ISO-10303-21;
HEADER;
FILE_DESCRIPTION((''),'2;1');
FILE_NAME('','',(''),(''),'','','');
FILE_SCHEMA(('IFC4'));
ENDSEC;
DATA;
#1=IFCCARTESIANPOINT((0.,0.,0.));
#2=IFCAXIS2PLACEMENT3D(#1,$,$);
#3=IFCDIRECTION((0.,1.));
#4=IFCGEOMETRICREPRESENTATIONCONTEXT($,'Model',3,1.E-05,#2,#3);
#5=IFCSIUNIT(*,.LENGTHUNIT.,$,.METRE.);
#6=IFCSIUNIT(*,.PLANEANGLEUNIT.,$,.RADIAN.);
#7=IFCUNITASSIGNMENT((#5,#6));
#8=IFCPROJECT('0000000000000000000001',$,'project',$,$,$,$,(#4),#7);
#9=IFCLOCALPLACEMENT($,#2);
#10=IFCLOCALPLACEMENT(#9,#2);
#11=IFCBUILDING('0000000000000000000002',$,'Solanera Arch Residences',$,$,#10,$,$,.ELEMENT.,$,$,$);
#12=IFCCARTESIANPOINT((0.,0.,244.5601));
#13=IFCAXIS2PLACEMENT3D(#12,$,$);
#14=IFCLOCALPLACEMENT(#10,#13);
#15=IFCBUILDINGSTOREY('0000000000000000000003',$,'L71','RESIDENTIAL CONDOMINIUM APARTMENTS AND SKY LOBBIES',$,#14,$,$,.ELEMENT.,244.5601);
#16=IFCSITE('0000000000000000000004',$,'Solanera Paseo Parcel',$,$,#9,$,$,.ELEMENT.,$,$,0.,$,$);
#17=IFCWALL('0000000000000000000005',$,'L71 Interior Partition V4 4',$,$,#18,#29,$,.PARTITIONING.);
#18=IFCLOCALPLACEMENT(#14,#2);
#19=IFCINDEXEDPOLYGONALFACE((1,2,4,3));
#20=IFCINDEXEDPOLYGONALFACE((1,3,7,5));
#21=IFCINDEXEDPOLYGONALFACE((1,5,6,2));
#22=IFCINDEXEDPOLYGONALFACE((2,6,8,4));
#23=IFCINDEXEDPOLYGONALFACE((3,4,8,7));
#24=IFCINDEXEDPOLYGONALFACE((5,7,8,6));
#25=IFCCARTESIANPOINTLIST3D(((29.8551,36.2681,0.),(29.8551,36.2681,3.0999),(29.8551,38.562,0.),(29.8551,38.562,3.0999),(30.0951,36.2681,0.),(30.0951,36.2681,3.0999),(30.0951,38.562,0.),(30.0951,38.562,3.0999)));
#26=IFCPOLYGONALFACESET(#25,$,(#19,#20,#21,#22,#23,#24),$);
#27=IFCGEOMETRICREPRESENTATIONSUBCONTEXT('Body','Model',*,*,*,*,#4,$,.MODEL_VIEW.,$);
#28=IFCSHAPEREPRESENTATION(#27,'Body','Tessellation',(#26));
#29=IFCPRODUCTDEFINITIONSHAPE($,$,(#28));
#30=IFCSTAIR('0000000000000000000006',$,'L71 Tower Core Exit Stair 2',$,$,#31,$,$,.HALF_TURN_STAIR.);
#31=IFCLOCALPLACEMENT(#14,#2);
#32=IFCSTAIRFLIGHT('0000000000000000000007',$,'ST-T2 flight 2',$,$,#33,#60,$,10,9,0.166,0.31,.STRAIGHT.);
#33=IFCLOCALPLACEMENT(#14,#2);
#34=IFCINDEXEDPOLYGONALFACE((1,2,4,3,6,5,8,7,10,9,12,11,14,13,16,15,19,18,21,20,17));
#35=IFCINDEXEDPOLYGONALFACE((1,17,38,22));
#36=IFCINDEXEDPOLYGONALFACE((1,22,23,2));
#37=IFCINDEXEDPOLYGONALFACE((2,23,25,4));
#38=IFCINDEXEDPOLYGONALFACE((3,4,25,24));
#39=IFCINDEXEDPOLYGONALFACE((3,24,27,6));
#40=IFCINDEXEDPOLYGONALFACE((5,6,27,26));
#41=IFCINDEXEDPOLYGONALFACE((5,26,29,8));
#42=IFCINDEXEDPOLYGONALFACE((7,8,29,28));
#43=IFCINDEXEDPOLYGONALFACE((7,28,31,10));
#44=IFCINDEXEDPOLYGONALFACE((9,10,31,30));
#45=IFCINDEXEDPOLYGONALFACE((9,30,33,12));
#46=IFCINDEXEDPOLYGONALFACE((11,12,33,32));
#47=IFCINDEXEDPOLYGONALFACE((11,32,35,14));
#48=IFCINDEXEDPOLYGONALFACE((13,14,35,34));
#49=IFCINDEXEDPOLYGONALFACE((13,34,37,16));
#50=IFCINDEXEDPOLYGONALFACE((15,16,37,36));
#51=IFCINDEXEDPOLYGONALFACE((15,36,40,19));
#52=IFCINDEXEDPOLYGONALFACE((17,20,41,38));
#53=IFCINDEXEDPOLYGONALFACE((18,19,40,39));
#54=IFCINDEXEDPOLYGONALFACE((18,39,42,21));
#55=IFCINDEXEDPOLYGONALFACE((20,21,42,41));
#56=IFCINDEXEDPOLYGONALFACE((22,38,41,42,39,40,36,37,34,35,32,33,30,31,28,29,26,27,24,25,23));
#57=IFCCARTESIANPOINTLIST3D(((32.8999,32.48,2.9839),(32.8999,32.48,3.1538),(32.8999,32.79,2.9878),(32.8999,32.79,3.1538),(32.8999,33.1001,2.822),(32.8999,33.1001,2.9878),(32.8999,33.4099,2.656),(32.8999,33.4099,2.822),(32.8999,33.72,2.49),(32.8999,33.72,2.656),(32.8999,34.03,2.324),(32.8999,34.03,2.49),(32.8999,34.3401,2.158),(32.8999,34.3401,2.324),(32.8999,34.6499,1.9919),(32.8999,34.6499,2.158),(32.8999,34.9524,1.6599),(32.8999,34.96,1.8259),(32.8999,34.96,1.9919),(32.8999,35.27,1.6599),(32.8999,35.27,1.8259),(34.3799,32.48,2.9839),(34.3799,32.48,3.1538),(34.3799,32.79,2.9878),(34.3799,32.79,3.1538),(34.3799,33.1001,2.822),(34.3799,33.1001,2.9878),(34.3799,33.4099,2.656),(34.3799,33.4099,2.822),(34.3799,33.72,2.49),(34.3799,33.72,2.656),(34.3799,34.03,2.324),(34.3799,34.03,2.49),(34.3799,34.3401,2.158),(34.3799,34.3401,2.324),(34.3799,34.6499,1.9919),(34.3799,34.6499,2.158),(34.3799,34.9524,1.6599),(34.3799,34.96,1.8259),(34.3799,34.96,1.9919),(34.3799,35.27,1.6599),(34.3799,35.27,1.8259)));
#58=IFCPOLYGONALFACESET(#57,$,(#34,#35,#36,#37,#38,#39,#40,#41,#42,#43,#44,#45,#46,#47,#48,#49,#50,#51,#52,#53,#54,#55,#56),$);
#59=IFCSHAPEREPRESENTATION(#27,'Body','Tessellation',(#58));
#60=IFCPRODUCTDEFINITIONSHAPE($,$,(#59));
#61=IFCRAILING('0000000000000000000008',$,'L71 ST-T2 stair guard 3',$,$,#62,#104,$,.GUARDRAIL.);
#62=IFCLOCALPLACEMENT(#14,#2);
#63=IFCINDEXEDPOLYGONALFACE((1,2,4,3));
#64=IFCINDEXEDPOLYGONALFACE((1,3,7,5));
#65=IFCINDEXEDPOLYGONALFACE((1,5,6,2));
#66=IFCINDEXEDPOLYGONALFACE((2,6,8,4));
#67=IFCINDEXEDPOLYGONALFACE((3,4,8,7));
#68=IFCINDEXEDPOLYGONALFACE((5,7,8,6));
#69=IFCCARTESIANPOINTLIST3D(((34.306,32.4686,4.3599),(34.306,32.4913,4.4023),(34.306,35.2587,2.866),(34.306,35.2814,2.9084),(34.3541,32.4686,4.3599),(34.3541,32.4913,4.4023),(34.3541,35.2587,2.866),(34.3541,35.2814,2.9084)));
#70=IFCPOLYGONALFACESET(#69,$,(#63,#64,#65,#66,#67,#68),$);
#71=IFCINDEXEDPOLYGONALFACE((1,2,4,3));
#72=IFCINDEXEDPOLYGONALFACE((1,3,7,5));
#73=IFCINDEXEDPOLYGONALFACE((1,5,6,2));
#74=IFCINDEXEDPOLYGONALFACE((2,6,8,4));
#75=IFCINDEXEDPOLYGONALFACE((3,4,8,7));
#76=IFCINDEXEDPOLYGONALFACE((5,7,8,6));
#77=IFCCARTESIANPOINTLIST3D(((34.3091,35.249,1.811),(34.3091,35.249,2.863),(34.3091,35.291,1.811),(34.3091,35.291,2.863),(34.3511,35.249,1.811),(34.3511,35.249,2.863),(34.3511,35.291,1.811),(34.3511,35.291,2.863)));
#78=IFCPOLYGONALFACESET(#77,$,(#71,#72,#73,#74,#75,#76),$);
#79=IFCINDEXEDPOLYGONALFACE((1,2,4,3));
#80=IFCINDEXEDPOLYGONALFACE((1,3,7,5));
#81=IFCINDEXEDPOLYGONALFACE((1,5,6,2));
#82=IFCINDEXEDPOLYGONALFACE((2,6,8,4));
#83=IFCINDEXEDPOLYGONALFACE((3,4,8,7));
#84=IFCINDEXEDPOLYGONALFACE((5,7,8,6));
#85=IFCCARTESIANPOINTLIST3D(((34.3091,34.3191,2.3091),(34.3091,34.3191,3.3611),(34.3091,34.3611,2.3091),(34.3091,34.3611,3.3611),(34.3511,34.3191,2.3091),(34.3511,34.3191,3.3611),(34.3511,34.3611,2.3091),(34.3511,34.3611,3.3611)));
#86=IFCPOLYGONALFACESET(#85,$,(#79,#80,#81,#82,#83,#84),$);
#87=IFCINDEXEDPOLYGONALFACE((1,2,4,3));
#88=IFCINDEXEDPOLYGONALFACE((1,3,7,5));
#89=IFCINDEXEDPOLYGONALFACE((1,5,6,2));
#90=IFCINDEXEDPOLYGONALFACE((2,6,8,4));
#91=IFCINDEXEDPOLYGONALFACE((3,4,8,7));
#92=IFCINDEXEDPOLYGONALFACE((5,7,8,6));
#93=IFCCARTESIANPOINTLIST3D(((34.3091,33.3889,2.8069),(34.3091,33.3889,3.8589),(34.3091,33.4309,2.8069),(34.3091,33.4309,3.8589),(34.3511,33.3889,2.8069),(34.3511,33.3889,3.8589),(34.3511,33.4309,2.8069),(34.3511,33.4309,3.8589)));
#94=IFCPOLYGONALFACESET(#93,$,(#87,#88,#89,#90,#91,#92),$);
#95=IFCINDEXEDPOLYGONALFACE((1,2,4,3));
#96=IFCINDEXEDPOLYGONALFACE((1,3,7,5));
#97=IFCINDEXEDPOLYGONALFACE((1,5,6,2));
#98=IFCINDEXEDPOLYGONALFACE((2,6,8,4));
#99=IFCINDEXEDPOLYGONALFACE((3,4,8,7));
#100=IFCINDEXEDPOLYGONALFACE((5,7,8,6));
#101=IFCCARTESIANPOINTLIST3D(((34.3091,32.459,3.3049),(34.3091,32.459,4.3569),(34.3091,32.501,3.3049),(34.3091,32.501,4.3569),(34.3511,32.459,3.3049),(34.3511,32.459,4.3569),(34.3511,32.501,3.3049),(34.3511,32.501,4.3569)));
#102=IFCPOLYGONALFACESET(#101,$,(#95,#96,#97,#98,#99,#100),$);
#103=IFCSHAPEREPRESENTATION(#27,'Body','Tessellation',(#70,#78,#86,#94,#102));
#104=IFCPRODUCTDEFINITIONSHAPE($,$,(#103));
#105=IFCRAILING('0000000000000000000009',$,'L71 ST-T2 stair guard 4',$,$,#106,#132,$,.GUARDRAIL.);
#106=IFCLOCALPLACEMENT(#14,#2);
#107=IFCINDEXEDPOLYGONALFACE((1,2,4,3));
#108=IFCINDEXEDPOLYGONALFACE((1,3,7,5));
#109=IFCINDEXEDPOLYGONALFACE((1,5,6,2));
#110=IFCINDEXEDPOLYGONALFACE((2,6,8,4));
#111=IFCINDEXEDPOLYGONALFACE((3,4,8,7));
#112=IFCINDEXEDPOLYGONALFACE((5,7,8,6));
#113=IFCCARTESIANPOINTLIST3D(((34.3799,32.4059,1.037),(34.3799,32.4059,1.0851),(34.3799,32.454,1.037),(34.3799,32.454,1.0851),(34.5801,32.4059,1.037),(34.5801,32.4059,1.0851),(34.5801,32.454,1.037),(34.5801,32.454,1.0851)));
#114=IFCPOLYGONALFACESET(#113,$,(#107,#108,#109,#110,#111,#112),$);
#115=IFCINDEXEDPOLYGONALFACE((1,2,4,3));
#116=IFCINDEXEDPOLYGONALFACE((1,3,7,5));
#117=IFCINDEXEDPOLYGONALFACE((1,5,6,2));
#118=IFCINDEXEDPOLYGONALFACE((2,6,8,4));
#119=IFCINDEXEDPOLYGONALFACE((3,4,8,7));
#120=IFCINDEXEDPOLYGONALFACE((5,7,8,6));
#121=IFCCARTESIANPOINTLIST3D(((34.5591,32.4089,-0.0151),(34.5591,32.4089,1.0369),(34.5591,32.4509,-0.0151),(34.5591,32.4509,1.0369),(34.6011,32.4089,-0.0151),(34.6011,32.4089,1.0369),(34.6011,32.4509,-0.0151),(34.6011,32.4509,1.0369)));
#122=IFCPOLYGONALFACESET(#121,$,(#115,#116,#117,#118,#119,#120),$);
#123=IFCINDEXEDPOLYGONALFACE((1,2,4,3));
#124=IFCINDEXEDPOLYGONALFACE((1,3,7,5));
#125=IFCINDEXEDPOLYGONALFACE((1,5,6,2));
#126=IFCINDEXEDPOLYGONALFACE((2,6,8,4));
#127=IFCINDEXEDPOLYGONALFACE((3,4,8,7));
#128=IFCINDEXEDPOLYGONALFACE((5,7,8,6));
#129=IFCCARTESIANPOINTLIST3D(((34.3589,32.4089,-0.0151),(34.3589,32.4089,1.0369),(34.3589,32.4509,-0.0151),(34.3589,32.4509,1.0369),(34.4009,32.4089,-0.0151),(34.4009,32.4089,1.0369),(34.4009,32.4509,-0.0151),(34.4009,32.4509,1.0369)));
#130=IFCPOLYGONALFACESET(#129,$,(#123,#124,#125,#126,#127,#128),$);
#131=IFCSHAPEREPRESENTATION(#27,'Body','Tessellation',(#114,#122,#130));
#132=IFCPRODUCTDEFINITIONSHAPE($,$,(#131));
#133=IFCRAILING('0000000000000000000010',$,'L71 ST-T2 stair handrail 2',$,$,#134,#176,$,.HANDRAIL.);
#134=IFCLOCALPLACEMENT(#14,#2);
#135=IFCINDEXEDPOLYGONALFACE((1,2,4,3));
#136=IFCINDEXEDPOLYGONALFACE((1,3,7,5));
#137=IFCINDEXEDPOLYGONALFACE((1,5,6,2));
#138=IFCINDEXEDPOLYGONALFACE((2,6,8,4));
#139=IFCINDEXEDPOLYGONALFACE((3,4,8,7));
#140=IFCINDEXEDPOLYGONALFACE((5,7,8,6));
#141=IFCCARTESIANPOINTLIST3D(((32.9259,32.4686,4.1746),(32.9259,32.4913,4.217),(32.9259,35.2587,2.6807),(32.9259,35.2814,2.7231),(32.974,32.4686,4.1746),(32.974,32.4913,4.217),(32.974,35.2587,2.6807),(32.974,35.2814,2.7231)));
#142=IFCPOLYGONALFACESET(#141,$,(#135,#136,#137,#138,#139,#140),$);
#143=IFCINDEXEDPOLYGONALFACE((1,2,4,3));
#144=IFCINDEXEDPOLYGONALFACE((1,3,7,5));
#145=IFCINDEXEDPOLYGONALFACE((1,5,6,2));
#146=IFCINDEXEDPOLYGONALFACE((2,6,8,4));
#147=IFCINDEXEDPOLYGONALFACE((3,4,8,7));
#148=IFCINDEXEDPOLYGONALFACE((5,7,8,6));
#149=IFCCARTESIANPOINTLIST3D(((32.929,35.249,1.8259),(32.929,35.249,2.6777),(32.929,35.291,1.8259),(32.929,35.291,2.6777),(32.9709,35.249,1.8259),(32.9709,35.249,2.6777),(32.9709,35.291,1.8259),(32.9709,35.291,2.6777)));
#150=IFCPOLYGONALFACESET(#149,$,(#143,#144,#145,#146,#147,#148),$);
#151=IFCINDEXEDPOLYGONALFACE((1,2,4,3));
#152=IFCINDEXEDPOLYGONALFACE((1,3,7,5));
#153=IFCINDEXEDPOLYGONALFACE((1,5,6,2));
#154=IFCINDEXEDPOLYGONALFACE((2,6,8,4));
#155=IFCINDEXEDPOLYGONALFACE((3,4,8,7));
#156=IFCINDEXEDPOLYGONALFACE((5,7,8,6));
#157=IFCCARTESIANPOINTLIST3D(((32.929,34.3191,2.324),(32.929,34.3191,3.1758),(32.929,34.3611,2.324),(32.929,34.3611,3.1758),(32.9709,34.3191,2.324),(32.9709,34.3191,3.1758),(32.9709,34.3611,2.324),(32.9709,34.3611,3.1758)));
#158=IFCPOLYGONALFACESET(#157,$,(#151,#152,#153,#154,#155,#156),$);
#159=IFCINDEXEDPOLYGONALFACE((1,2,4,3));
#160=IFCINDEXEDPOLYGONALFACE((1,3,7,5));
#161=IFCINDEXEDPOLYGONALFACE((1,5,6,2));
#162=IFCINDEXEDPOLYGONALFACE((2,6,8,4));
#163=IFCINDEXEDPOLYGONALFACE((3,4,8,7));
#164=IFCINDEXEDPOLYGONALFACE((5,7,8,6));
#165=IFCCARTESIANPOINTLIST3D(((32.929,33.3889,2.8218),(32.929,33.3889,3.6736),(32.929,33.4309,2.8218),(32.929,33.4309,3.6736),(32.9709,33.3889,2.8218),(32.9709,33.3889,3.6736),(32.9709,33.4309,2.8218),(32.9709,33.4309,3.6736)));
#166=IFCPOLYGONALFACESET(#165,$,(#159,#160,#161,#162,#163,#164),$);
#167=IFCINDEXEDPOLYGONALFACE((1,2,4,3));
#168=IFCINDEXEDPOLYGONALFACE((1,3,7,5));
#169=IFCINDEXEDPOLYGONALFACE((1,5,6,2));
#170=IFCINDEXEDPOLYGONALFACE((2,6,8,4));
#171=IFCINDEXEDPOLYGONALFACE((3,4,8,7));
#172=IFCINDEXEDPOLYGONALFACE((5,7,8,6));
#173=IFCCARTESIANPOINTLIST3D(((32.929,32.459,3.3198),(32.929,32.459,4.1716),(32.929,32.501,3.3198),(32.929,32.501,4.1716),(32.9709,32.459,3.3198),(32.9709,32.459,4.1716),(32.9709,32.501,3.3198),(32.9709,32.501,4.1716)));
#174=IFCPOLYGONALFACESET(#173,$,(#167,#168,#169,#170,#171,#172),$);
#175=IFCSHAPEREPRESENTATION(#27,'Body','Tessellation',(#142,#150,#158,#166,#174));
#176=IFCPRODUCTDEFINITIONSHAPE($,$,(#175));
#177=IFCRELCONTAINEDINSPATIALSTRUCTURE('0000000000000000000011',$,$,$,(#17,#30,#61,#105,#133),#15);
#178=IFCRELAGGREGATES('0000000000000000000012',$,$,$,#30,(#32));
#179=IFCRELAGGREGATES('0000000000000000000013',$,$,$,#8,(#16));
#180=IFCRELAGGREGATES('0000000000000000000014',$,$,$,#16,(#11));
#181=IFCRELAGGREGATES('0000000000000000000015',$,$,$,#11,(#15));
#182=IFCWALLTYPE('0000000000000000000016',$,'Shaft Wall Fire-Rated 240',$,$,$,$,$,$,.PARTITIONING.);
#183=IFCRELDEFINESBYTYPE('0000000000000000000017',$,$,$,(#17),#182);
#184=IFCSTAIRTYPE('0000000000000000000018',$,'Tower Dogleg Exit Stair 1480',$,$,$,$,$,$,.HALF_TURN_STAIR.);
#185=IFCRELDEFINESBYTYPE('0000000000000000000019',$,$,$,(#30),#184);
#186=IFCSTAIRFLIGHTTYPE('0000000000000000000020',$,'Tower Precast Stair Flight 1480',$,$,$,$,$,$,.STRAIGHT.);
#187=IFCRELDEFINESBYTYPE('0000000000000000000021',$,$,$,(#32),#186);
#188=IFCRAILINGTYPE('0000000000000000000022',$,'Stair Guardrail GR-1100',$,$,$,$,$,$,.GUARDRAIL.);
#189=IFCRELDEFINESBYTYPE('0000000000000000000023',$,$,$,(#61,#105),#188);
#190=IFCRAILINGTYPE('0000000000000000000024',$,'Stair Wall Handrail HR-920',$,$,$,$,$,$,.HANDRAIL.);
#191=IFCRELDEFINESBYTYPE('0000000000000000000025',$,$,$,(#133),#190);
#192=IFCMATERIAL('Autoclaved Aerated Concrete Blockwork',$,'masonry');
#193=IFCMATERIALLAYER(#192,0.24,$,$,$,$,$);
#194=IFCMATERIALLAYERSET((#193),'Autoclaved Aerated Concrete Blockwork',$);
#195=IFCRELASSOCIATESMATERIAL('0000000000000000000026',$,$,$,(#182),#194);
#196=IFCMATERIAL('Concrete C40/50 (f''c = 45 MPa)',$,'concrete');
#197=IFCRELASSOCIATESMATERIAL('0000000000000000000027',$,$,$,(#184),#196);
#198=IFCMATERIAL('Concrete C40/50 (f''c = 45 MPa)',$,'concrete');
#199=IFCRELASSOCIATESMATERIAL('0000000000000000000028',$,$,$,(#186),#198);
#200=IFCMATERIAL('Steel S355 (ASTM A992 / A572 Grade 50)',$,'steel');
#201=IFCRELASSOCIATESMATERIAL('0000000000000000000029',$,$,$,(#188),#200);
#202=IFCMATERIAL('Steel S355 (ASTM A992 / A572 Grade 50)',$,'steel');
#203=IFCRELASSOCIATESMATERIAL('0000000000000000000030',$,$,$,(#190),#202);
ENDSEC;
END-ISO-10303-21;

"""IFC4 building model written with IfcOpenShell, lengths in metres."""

from ifc_helpers import new_model, si_unit, direction, frame, frame_2d, origin, origin_2d, place, context, subcontext, project, spatial, polyline, rectangle, outline, extrude, material, layer, layer_set, type_object, element, aggregate, save


model = new_model("IFC4")

# Units and contexts
model_context = context("Model", 3, precision=1e-05, world=origin(), true_north=direction((0.0, 1.0)))
body_context = subcontext(model_context, "Body", "Model", "MODEL_VIEW")
ifc_project = project(units=[si_unit("LENGTHUNIT", "METRE"), si_unit("PLANEANGLEUNIT", "RADIAN")], contexts=[model_context])

# Site, building, storey
site_placement = place(None, origin())
site = spatial("IfcSite", under=ifc_project, at=site_placement, Name="Solanera Paseo Parcel", CompositionType="ELEMENT", RefElevation=0.0)
building_placement = place(site_placement, origin())
building = spatial("IfcBuilding", under=site, at=building_placement, Name="Solanera Arch Residences", CompositionType="ELEMENT")
storey_placement = place(building_placement, frame((0.0, 0.0, 244.5601)))
storey = spatial("IfcBuildingStorey", under=building, at=storey_placement, Name="L71", Description="RESIDENTIAL CONDOMINIUM APARTMENTS AND SKY LOBBIES", CompositionType="ELEMENT", Elevation=244.5601)

# Shared definitions
ifc_material_1 = material(Name="Autoclaved Aerated Concrete Blockwork", Category="masonry")
ifc_layer_1 = layer(ifc_material_1, 0.24)
ifc_layer_set_1 = layer_set([ifc_layer_1], Name="Autoclaved Aerated Concrete Blockwork")
wall_type_1 = type_object("IfcWallType", Name="Shaft Wall Fire-Rated 240", PredefinedType="PARTITIONING", material=ifc_layer_set_1)

# Wall
wall_1_placement = place(storey_placement, frame((29.9751, 36.2681, 0.0), z_axis=(0.0, 0.0, 1.0), x_axis=(0.0, 1.0, 0.0)))
element("IfcWall", 1, at=wall_1_placement, inside=storey, type_object=wall_type_1, Name="L71 Interior Partition V4 4", PredefinedType="PARTITIONING", context=body_context, shape_type="SweptSolid", body=[
    extrude(rectangle(XDim=2.2939, YDim=0.24, at=frame_2d((1.147, 0.0))), origin(), (0.0, 0.0, 1.0), 3.0999),
])

# Stair, stair flight
ifc_material_2 = material(Name="Concrete C40/50 (f'c = 45 MPa)", Category="concrete")
stair_type = type_object("IfcStairType", Name="Tower Dogleg Exit Stair 1480", PredefinedType="HALF_TURN_STAIR", material=ifc_material_2)
stair_placement = place(storey_placement, origin())
stair = element("IfcStair", 2, at=stair_placement, inside=storey, type_object=stair_type, Name="L71 Tower Core Exit Stair 2", PredefinedType="HALF_TURN_STAIR")
ifc_material_3 = material(Name="Concrete C40/50 (f'c = 45 MPa)", Category="concrete")
stair_flight_type = type_object("IfcStairFlightType", Name="Tower Precast Stair Flight 1480", PredefinedType="STRAIGHT", material=ifc_material_3)
stair_flight_placement = place(storey_placement, frame((33.6399, 35.27, 1.6599), z_axis=(0.0, 0.0, 1.0), x_axis=(0.0, -1.0, 0.0)))
stair_flight = element("IfcStairFlight", 3, at=stair_flight_placement, type_object=stair_flight_type, Name="ST-T2 flight 2", NumberOfRisers=10, NumberOfTreads=9, PredefinedType="STRAIGHT", RiserHeight=0.166, TreadLength=0.31, context=body_context, shape_type="SweptSolid", body=[
    extrude(outline(polyline([(0.0, 0.0), (0.0, 0.166), (0.3101, 0.166), (0.3101, 0.332), (0.6201, 0.332), (0.6201, 0.498), (0.9299, 0.498), (0.9299, 0.6641), (1.24, 0.6641), (1.24, 0.8301), (1.55, 0.8301), (1.55, 0.9961), (1.8601, 0.9961), (1.8601, 1.1621), (2.1699, 1.1621), (2.1699, 1.3279), (2.48, 1.3279), (2.48, 1.4939), (2.79, 1.4939), (2.79, 1.6599), (2.79, 1.324), (0.3176, 0.0), (0.0, 0.0)])), frame((0.0, 0.74, 0.0), z_axis=(0.0, -1.0, 0.0), x_axis=(1.0, 0.0, 0.0)), (0.0, 0.0, 1.0), 1.48),
])
aggregate(stair, [stair_flight])

# Railings
ifc_material_4 = material(Name="Steel S355 (ASTM A992 / A572 Grade 50)", Category="steel")
railing_type_1 = type_object("IfcRailingType", Name="Stair Guardrail GR-1100", PredefinedType="GUARDRAIL", material=ifc_material_4)
railing_1_placement = place(storey_placement, frame((34.3301, 35.27, 1.811)))
element("IfcRailing", 4, at=railing_1_placement, inside=storey, type_object=railing_type_1, Name="L71 ST-T2 stair guard 3", PredefinedType="GUARDRAIL", context=body_context, shape_type="SweptSolid", body=[
    extrude(rectangle(XDim=0.0481, YDim=0.0481, at=origin_2d()), frame((0.0, 0.0, 1.0762), z_axis=(0.0, -0.881581, 0.472033), x_axis=(1.0, 0.0, 0.0)), (0.0, 0.0, 1.0), 3.1648),
    extrude(rectangle(XDim=0.042, YDim=0.042, at=origin_2d()), origin(), (0.0, 0.0, 1.0), 1.052),
    extrude(rectangle(XDim=0.042, YDim=0.042, at=origin_2d()), frame((0.0, -0.9299, 0.498)), (0.0, 0.0, 1.0), 1.052),
    extrude(rectangle(XDim=0.042, YDim=0.042, at=origin_2d()), frame((0.0, -1.8601, 0.9958)), (0.0, 0.0, 1.0), 1.052),
    extrude(rectangle(XDim=0.042, YDim=0.042, at=origin_2d()), frame((0.0, -2.79, 1.4939)), (0.0, 0.0, 1.0), 1.052),
])
railing_2_placement = place(storey_placement, frame((34.5801, 32.4299, -0.0151)))
element("IfcRailing", 5, at=railing_2_placement, inside=storey, type_object=railing_type_1, Name="L71 ST-T2 stair guard 4", PredefinedType="GUARDRAIL", context=body_context, shape_type="SweptSolid", body=[
    extrude(rectangle(XDim=0.0481, YDim=0.0481, at=origin_2d()), frame((0.0, 0.0, 1.0762), z_axis=(-1.0, 0.0, 0.0), x_axis=(0.0, -1.0, 0.0)), (0.0, 0.0, 1.0), 0.2002),
    extrude(rectangle(XDim=0.042, YDim=0.042, at=origin_2d()), origin(), (0.0, 0.0, 1.0), 1.052),
    extrude(rectangle(XDim=0.042, YDim=0.042, at=origin_2d()), frame((-0.2002, 0.0, 0.0)), (0.0, 0.0, 1.0), 1.052),
])
ifc_material_5 = material(Name="Steel S355 (ASTM A992 / A572 Grade 50)", Category="steel")
railing_type_2 = type_object("IfcRailingType", Name="Stair Wall Handrail HR-920", PredefinedType="HANDRAIL", material=ifc_material_5)
railing_3_placement = place(storey_placement, frame((32.95, 35.27, 1.8259)))
element("IfcRailing", 6, at=railing_3_placement, inside=storey, type_object=railing_type_2, Name="L71 ST-T2 stair handrail 2", PredefinedType="HANDRAIL", context=body_context, shape_type="SweptSolid", body=[
    extrude(rectangle(XDim=0.0481, YDim=0.0481, at=origin_2d()), frame((0.0, 0.0, 0.876), z_axis=(0.0, -0.881581, 0.472033), x_axis=(1.0, 0.0, 0.0)), (0.0, 0.0, 1.0), 3.1648),
    extrude(rectangle(XDim=0.042, YDim=0.042, at=origin_2d()), origin(), (0.0, 0.0, 1.0), 0.8518),
    extrude(rectangle(XDim=0.042, YDim=0.042, at=origin_2d()), frame((0.0, -0.9299, 0.498)), (0.0, 0.0, 1.0), 0.8518),
    extrude(rectangle(XDim=0.042, YDim=0.042, at=origin_2d()), frame((0.0, -1.8601, 0.9958)), (0.0, 0.0, 1.0), 0.8518),
    extrude(rectangle(XDim=0.042, YDim=0.042, at=origin_2d()), frame((0.0, -2.79, 1.4939)), (0.0, 0.0, 1.0), 0.8518),
])

save(model, "model.ifc")
